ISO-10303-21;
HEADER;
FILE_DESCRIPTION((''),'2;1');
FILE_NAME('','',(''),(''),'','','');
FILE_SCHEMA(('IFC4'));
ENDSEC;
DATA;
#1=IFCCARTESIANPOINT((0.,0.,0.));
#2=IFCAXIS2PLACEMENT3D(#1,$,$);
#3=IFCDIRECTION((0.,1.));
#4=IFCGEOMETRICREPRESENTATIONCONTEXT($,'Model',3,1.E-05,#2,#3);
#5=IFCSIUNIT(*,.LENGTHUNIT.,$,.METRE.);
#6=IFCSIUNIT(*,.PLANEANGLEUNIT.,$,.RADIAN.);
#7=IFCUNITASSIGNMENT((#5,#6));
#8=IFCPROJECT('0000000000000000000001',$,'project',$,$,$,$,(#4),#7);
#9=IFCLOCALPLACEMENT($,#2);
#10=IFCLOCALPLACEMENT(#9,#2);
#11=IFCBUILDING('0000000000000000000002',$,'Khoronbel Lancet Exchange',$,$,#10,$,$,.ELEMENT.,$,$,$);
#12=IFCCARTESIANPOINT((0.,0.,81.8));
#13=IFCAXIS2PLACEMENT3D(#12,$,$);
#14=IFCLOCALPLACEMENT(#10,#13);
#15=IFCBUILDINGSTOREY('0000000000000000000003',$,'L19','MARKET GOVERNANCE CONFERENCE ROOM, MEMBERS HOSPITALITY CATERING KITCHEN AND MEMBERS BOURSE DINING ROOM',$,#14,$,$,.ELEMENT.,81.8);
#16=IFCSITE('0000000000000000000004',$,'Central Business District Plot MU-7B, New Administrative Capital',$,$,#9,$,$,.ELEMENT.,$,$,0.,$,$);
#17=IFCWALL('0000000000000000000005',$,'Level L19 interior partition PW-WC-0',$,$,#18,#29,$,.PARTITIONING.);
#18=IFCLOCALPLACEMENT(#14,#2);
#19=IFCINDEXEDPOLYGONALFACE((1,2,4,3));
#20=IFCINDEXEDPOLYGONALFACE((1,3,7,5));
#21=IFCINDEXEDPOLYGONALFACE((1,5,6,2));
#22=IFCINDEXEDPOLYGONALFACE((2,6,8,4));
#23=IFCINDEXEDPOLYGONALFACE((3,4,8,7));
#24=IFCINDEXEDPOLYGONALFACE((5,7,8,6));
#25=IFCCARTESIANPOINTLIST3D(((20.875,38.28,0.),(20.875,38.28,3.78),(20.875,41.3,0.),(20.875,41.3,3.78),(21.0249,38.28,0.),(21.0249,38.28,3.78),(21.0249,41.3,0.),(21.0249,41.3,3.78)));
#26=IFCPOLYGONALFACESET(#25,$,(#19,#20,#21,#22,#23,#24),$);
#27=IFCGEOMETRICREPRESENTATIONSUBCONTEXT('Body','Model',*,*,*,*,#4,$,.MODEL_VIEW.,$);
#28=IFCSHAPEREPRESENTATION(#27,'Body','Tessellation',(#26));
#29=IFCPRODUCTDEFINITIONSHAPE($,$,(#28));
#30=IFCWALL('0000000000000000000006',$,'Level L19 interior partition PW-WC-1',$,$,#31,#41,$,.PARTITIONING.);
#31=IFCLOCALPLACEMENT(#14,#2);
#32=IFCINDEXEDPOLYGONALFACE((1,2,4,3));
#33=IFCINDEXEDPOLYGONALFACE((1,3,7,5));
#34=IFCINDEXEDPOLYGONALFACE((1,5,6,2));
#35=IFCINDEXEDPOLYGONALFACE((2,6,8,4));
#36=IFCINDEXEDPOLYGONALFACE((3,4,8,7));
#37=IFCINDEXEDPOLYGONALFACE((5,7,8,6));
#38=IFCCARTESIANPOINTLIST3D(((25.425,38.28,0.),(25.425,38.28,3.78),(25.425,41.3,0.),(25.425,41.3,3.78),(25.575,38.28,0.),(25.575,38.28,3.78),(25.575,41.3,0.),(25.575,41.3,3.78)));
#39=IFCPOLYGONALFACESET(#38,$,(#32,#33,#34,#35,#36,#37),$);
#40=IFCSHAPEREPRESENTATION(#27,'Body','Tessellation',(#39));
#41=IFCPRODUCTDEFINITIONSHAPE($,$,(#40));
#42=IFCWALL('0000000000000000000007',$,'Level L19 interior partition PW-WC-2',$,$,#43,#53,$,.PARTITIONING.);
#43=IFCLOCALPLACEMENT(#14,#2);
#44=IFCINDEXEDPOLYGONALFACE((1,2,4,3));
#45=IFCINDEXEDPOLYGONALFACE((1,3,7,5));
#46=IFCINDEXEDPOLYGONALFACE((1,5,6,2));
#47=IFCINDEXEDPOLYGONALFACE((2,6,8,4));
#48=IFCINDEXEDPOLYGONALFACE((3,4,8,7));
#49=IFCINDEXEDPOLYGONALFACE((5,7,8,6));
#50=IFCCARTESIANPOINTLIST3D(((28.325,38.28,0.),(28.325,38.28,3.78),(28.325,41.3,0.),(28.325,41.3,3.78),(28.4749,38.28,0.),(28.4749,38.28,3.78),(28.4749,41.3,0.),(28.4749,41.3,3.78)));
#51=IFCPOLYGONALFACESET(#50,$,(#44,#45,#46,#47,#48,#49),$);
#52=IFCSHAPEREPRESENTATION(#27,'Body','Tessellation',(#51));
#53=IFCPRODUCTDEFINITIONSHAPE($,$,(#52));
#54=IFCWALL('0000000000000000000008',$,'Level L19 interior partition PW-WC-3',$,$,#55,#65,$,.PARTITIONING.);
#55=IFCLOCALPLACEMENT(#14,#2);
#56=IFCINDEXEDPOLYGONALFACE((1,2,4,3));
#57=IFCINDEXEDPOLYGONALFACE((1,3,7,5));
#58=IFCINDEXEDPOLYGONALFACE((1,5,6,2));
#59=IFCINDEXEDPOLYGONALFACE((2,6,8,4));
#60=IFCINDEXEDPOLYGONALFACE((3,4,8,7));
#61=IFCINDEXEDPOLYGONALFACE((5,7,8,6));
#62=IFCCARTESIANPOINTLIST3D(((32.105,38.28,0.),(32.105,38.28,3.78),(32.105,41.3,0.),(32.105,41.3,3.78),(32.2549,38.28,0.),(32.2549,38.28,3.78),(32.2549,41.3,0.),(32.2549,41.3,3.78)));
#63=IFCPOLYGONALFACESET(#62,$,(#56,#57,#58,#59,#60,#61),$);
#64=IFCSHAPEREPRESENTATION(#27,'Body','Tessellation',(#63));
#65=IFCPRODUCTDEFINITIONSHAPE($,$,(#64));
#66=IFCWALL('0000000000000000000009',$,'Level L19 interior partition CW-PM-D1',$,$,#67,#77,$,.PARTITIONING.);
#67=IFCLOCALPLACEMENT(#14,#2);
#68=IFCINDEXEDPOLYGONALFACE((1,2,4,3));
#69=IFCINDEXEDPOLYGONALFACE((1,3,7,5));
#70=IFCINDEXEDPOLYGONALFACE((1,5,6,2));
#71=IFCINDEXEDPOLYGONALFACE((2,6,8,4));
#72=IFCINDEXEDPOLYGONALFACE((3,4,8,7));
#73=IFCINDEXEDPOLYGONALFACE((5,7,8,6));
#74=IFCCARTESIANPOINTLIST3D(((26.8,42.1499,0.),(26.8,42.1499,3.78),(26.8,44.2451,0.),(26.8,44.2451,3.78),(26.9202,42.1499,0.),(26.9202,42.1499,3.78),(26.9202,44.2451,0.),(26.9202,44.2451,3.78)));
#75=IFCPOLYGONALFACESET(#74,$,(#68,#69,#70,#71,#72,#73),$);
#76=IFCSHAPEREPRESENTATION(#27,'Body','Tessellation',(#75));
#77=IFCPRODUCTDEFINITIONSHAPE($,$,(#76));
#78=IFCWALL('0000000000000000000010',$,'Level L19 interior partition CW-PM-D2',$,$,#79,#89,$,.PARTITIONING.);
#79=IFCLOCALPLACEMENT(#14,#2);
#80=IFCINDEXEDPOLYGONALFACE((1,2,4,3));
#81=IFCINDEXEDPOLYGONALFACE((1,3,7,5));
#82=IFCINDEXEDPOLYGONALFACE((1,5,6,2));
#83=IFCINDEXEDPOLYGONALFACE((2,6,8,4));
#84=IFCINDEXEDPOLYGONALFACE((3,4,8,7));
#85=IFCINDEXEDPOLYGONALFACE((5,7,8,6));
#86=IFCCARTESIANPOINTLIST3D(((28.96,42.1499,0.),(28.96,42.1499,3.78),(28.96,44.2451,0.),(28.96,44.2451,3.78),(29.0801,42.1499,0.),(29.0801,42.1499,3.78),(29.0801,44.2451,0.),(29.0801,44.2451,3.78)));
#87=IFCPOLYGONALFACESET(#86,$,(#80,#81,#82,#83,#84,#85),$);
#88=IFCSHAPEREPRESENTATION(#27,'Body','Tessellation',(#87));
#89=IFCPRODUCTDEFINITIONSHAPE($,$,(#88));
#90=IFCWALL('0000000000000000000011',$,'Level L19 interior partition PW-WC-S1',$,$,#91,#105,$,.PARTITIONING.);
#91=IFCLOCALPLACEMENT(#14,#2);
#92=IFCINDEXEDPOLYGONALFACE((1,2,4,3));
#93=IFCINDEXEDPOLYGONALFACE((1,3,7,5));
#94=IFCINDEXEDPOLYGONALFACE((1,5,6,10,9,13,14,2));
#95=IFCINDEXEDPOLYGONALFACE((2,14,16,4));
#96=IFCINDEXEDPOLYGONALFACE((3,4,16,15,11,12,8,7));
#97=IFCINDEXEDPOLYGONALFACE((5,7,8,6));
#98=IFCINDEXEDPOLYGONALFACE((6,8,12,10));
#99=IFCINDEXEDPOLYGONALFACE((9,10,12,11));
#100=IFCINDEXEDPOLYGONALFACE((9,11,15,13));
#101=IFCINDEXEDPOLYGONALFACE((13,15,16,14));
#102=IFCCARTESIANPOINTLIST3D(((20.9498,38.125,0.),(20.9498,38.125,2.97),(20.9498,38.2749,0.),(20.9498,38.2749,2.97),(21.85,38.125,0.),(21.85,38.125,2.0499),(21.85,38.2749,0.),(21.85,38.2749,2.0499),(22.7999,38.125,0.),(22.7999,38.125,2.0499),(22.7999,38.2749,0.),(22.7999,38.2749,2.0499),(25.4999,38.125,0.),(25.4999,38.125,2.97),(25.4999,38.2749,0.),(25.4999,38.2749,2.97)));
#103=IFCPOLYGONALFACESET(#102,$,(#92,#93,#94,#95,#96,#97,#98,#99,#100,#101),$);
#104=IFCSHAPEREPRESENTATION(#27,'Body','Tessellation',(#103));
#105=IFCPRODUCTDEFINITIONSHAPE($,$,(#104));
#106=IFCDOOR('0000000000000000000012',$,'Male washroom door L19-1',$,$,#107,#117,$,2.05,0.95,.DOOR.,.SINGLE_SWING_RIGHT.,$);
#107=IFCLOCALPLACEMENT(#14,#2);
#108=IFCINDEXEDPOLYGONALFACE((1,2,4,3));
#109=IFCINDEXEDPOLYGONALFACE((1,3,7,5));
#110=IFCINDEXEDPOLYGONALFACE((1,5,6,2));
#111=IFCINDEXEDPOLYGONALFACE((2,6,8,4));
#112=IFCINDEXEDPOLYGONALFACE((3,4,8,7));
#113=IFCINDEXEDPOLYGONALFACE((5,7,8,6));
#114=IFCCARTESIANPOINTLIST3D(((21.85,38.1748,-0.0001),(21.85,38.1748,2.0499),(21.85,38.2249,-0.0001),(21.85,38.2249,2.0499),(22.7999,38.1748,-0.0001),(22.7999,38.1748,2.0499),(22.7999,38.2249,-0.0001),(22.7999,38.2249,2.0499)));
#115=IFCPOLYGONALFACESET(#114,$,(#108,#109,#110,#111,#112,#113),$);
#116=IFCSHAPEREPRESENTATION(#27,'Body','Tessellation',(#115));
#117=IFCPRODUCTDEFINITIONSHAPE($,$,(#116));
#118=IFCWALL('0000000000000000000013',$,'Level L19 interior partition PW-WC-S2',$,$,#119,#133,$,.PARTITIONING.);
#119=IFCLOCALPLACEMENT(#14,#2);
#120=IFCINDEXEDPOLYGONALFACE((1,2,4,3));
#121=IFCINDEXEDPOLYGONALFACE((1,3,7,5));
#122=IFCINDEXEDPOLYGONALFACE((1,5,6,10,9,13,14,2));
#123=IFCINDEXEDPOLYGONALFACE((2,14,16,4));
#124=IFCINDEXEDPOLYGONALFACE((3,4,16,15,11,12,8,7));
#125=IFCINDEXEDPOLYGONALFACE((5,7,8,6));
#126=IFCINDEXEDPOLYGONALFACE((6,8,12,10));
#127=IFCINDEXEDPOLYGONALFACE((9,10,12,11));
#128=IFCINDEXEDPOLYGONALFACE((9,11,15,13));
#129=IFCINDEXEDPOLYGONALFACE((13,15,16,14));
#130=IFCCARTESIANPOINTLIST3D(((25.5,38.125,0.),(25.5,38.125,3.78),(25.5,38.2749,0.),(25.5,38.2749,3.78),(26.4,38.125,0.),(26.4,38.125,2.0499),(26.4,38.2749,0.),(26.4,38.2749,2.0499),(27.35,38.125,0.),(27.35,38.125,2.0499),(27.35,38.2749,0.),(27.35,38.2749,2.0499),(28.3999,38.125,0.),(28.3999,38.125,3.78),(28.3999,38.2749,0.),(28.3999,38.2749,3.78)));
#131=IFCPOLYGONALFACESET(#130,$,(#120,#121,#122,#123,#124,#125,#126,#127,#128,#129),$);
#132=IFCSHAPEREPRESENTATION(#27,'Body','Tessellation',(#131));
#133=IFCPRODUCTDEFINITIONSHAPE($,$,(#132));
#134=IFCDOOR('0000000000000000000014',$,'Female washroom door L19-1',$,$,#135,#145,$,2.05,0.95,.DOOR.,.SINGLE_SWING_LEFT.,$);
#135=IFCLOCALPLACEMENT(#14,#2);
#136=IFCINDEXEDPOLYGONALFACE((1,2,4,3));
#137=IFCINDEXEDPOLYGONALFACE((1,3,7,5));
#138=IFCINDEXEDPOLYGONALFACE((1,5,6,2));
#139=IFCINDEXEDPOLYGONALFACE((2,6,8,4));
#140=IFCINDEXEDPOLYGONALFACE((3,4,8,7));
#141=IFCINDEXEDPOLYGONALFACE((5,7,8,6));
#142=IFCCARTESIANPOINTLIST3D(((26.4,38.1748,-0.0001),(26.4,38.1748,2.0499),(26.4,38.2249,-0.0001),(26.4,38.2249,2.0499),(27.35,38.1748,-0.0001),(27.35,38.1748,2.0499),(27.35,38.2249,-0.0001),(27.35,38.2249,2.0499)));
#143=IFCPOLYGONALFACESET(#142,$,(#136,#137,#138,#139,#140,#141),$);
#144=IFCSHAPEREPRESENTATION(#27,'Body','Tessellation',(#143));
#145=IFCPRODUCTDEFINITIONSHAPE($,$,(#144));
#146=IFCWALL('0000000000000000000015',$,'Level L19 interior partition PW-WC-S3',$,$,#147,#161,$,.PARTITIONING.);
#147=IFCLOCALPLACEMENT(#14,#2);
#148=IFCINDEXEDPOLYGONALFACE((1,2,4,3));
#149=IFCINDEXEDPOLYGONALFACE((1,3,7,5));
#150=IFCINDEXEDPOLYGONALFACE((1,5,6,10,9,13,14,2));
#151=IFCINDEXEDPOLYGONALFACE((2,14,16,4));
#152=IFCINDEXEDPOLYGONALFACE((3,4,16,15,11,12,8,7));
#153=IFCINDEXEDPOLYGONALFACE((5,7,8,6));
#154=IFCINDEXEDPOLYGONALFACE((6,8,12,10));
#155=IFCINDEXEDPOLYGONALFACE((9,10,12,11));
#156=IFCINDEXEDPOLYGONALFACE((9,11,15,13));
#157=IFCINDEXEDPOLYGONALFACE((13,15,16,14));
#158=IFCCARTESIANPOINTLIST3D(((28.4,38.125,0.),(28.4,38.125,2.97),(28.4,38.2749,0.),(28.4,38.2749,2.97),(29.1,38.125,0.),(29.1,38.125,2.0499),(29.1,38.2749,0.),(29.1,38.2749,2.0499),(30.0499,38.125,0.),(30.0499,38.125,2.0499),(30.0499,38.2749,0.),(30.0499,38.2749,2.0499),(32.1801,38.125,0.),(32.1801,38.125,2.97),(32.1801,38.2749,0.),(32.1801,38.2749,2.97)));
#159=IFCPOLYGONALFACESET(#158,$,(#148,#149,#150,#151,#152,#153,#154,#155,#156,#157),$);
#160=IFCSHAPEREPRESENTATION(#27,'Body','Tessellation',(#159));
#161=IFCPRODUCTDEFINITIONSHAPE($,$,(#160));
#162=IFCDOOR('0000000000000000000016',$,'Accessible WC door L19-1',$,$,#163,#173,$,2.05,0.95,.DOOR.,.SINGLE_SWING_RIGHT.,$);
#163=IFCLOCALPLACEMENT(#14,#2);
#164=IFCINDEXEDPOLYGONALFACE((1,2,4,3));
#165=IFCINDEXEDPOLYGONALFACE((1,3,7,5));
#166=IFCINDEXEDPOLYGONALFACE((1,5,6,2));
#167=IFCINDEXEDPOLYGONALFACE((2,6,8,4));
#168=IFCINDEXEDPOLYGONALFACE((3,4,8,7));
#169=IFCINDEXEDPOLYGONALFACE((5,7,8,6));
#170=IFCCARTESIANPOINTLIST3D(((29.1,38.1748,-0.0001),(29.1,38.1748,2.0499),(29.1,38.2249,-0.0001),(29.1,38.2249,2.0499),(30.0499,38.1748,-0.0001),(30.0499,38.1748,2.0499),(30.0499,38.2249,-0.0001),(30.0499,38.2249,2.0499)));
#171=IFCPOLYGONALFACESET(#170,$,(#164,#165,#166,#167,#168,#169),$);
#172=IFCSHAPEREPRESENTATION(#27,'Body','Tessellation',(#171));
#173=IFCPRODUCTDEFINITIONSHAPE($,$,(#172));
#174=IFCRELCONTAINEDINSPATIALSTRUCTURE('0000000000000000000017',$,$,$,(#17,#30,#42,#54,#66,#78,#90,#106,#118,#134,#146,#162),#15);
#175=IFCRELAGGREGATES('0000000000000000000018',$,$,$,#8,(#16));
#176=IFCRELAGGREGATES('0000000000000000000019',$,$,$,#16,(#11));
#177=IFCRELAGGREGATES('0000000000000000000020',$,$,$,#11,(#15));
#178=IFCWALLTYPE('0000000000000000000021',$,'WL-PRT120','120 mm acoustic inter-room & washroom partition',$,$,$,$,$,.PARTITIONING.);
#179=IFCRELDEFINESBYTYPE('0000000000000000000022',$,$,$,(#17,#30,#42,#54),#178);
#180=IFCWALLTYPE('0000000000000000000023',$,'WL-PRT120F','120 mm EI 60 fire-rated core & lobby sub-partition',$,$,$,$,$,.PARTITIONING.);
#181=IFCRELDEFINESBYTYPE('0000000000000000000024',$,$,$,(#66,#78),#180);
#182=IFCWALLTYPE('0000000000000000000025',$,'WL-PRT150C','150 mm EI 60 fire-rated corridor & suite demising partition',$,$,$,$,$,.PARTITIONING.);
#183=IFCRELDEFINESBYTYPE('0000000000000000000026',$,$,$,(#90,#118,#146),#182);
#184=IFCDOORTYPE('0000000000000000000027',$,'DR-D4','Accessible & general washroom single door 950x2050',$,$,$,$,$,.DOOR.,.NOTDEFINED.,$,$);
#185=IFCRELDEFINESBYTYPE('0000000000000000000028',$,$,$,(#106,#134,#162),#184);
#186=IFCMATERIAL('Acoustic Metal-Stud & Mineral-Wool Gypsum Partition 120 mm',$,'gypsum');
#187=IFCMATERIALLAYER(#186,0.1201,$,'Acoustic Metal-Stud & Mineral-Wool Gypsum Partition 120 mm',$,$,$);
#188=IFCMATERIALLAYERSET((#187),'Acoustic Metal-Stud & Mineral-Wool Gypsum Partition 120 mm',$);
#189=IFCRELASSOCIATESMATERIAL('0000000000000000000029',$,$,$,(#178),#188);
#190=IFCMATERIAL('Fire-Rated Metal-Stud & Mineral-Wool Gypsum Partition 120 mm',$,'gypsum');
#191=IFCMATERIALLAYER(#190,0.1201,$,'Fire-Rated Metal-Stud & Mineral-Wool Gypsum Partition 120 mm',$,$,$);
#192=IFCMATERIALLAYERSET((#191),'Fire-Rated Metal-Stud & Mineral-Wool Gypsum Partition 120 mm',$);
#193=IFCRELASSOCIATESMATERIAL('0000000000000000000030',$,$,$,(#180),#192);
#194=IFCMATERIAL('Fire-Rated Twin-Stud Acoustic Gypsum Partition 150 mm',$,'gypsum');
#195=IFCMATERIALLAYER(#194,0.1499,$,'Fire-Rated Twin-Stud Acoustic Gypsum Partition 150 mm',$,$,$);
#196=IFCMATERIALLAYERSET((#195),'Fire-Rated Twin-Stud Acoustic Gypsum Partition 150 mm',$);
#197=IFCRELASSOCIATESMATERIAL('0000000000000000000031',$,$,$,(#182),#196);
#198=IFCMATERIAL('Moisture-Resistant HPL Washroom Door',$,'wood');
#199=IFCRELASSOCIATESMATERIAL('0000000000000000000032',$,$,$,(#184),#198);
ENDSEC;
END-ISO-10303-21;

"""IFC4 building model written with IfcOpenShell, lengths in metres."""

from ifc_helpers import new_model, si_unit, direction, frame, frame_2d, origin, place, context, subcontext, project, spatial, rectangle, extrude, material, layer, layer_set, type_object, element, fill, save


model = new_model("IFC4")

# Units and contexts
model_context = context("Model", 3, precision=1e-05, world=origin(), true_north=direction((0.0, 1.0)))
body_context = subcontext(model_context, "Body", "Model", "MODEL_VIEW")
ifc_project = project(units=[si_unit("LENGTHUNIT", "METRE"), si_unit("PLANEANGLEUNIT", "RADIAN")], contexts=[model_context])

# Site, building, storey
site_placement = place(None, origin())
site = spatial("IfcSite", under=ifc_project, at=site_placement, Name="Central Business District Plot MU-7B, New Administrative Capital", CompositionType="ELEMENT", RefElevation=0.0)
building_placement = place(site_placement, origin())
building = spatial("IfcBuilding", under=site, at=building_placement, Name="Khoronbel Lancet Exchange", CompositionType="ELEMENT")
storey_placement = place(building_placement, frame((0.0, 0.0, 81.8)))
storey = spatial("IfcBuildingStorey", under=building, at=storey_placement, Name="L19", Description="MARKET GOVERNANCE CONFERENCE ROOM, MEMBERS HOSPITALITY CATERING KITCHEN AND MEMBERS BOURSE DINING ROOM", CompositionType="ELEMENT", Elevation=81.8)

# Walls
ifc_material_1 = material(Name="Acoustic Metal-Stud & Mineral-Wool Gypsum Partition 120 mm", Category="gypsum")
ifc_layer_1 = layer(ifc_material_1, 0.1201, Name="Acoustic Metal-Stud & Mineral-Wool Gypsum Partition 120 mm")
ifc_layer_set_1 = layer_set([ifc_layer_1], Name="Acoustic Metal-Stud & Mineral-Wool Gypsum Partition 120 mm")
wall_type_1 = type_object("IfcWallType", Name="WL-PRT120", Description="120 mm acoustic inter-room & washroom partition", PredefinedType="PARTITIONING", material=ifc_layer_set_1)
for number, where, z_axis, x_axis, name in (
    (1, (20.95, 38.28, 0.0), (0.0, 0.0, 1.0), (0.0, 1.0, 0.0), "Level L19 interior partition PW-WC-0"),
    (2, (25.5, 38.28, 0.0), (0.0, 0.0, 1.0), (0.0, 1.0, 0.0), "Level L19 interior partition PW-WC-1"),
    (3, (28.3999, 38.28, 0.0), (0.0, 0.0, 1.0), (0.0, 1.0, 0.0), "Level L19 interior partition PW-WC-2"),
    (4, (32.1799, 38.28, 0.0), (0.0, 0.0, 1.0), (0.0, 1.0, 0.0), "Level L19 interior partition PW-WC-3"),
):
    element("IfcWall", number, at=place(storey_placement, frame(where, z_axis=z_axis, x_axis=x_axis)), inside=storey, type_object=wall_type_1, Name=name, PredefinedType="PARTITIONING", context=body_context, shape_type="SweptSolid", body=[
        extrude(rectangle(XDim=3.02, YDim=0.1499, at=frame_2d((1.51, 0.0))), origin(), (0.0, 0.0, 1.0), 3.78),
    ])
ifc_material_2 = material(Name="Fire-Rated Metal-Stud & Mineral-Wool Gypsum Partition 120 mm", Category="gypsum")
ifc_layer_2 = layer(ifc_material_2, 0.1201, Name="Fire-Rated Metal-Stud & Mineral-Wool Gypsum Partition 120 mm")
ifc_layer_set_2 = layer_set([ifc_layer_2], Name="Fire-Rated Metal-Stud & Mineral-Wool Gypsum Partition 120 mm")
wall_type_2 = type_object("IfcWallType", Name="WL-PRT120F", Description="120 mm EI 60 fire-rated core & lobby sub-partition", PredefinedType="PARTITIONING", material=ifc_layer_set_2)
for number, where, z_axis, x_axis, name in (
    (5, (26.8601, 42.1499, 0.0), (0.0, 0.0, 1.0), (0.0, 1.0, 0.0), "Level L19 interior partition CW-PM-D1"),
    (6, (29.02, 42.1499, 0.0), (0.0, 0.0, 1.0), (0.0, 1.0, 0.0), "Level L19 interior partition CW-PM-D2"),
):
    element("IfcWall", number, at=place(storey_placement, frame(where, z_axis=z_axis, x_axis=x_axis)), inside=storey, type_object=wall_type_2, Name=name, PredefinedType="PARTITIONING", context=body_context, shape_type="SweptSolid", body=[
        extrude(rectangle(XDim=2.0952, YDim=0.1201, at=frame_2d((1.0476, 0.0))), origin(), (0.0, 0.0, 1.0), 3.78),
    ])

# Walls, openings, doors
ifc_material_3 = material(Name="Fire-Rated Twin-Stud Acoustic Gypsum Partition 150 mm", Category="gypsum")
ifc_layer_3 = layer(ifc_material_3, 0.1499, Name="Fire-Rated Twin-Stud Acoustic Gypsum Partition 150 mm")
ifc_layer_set_3 = layer_set([ifc_layer_3], Name="Fire-Rated Twin-Stud Acoustic Gypsum Partition 150 mm")
wall_type_3 = type_object("IfcWallType", Name="WL-PRT150C", Description="150 mm EI 60 fire-rated corridor & suite demising partition", PredefinedType="PARTITIONING", material=ifc_layer_set_3)
wall_1_placement = place(storey_placement, frame((20.95, 38.2, 0.0), z_axis=(0.0, 0.0, 1.0), x_axis=(1.0, 0.0, 0.0)))
wall_1 = element("IfcWall", 7, at=wall_1_placement, inside=storey, type_object=wall_type_3, Name="Level L19 interior partition PW-WC-S1", PredefinedType="PARTITIONING", context=body_context, shape_type="SweptSolid", body=[
    extrude(rectangle(XDim=4.55, YDim=0.1499, at=frame_2d((2.2749, 0.0))), origin(), (0.0, 0.0, 1.0), 2.97),
])
opening_1_placement = place(wall_1_placement, frame((0.8999, 0.0, 0.0)))
opening_1 = element("IfcOpeningElement", 8, at=opening_1_placement, cuts=wall_1, PredefinedType="OPENING", context=body_context, shape_type="SweptSolid", body=[
    extrude(rectangle(XDim=0.95, YDim=2.05, at=frame_2d((0.4751, 1.0249))), frame((0.0, 0.085, 0.0), z_axis=(0.0, -1.0, 0.0), x_axis=(1.0, 0.0, 0.0)), (0.0, 0.0, 1.0), 0.1699),
])
ifc_material_4 = material(Name="Moisture-Resistant HPL Washroom Door", Category="wood")
door_type_1 = type_object("IfcDoorType", Name="DR-D4", Description="Accessible & general washroom single door 950x2050", OperationType="NOTDEFINED", PredefinedType="DOOR", material=ifc_material_4)
door_1_placement = place(opening_1_placement, origin())
door_1 = element("IfcDoor", 9, at=door_1_placement, inside=storey, type_object=door_type_1, Name="Male washroom door L19-1", OperationType="SINGLE_SWING_RIGHT", OverallHeight=2.05, OverallWidth=0.95, PredefinedType="DOOR", context=body_context, shape_type="SweptSolid", body=[
    extrude(rectangle(XDim=0.95, YDim=2.05, at=frame_2d((0.4751, 1.0249))), frame((0.0, 0.0249, 0.0), z_axis=(0.0, -1.0, 0.0), x_axis=(1.0, 0.0, 0.0)), (0.0, 0.0, 1.0), 0.05),
])
fill(opening_1, door_1)
wall_2_placement = place(storey_placement, frame((25.5, 38.2, 0.0), z_axis=(0.0, 0.0, 1.0), x_axis=(1.0, 0.0, 0.0)))
wall_2 = element("IfcWall", 10, at=wall_2_placement, inside=storey, type_object=wall_type_3, Name="Level L19 interior partition PW-WC-S2", PredefinedType="PARTITIONING", context=body_context, shape_type="SweptSolid", body=[
    extrude(rectangle(XDim=2.8999, YDim=0.1499, at=frame_2d((1.45, 0.0))), origin(), (0.0, 0.0, 1.0), 3.78),
])
opening_2_placement = place(wall_2_placement, frame((0.8999, 0.0, 0.0)))
opening_2 = element("IfcOpeningElement", 11, at=opening_2_placement, cuts=wall_2, PredefinedType="OPENING", context=body_context, shape_type="SweptSolid", body=[
    extrude(rectangle(XDim=0.95, YDim=2.05, at=frame_2d((0.4751, 1.0249))), frame((0.0, 0.085, 0.0), z_axis=(0.0, -1.0, 0.0), x_axis=(1.0, 0.0, 0.0)), (0.0, 0.0, 1.0), 0.1699),
])
door_2_placement = place(opening_2_placement, origin())
door_2 = element("IfcDoor", 12, at=door_2_placement, inside=storey, type_object=door_type_1, Name="Female washroom door L19-1", OperationType="SINGLE_SWING_LEFT", OverallHeight=2.05, OverallWidth=0.95, PredefinedType="DOOR", context=body_context, shape_type="SweptSolid", body=[
    extrude(rectangle(XDim=0.95, YDim=2.05, at=frame_2d((0.4751, 1.0249))), frame((0.0, 0.0249, 0.0), z_axis=(0.0, -1.0, 0.0), x_axis=(1.0, 0.0, 0.0)), (0.0, 0.0, 1.0), 0.05),
])
fill(opening_2, door_2)
wall_3_placement = place(storey_placement, frame((28.3999, 38.2, 0.0), z_axis=(0.0, 0.0, 1.0), x_axis=(1.0, 0.0, 0.0)))
wall_3 = element("IfcWall", 13, at=wall_3_placement, inside=storey, type_object=wall_type_3, Name="Level L19 interior partition PW-WC-S3", PredefinedType="PARTITIONING", context=body_context, shape_type="SweptSolid", body=[
    extrude(rectangle(XDim=3.78, YDim=0.1499, at=frame_2d((1.8901, 0.0))), origin(), (0.0, 0.0, 1.0), 2.97),
])
opening_3_placement = place(wall_3_placement, frame((0.7, 0.0, 0.0)))
opening_3 = element("IfcOpeningElement", 14, at=opening_3_placement, cuts=wall_3, PredefinedType="OPENING", context=body_context, shape_type="SweptSolid", body=[
    extrude(rectangle(XDim=0.95, YDim=2.05, at=frame_2d((0.4751, 1.0249))), frame((0.0, 0.085, 0.0), z_axis=(0.0, -1.0, 0.0), x_axis=(1.0, 0.0, 0.0)), (0.0, 0.0, 1.0), 0.1699),
])
door_3_placement = place(opening_3_placement, origin())
door_3 = element("IfcDoor", 15, at=door_3_placement, inside=storey, type_object=door_type_1, Name="Accessible WC door L19-1", OperationType="SINGLE_SWING_RIGHT", OverallHeight=2.05, OverallWidth=0.95, PredefinedType="DOOR", context=body_context, shape_type="SweptSolid", body=[
    extrude(rectangle(XDim=0.95, YDim=2.05, at=frame_2d((0.4751, 1.0249))), frame((0.0, 0.0249, 0.0), z_axis=(0.0, -1.0, 0.0), x_axis=(1.0, 0.0, 0.0)), (0.0, 0.0, 1.0), 0.05),
])
fill(opening_3, door_3)

save(model, "model.ifc")
